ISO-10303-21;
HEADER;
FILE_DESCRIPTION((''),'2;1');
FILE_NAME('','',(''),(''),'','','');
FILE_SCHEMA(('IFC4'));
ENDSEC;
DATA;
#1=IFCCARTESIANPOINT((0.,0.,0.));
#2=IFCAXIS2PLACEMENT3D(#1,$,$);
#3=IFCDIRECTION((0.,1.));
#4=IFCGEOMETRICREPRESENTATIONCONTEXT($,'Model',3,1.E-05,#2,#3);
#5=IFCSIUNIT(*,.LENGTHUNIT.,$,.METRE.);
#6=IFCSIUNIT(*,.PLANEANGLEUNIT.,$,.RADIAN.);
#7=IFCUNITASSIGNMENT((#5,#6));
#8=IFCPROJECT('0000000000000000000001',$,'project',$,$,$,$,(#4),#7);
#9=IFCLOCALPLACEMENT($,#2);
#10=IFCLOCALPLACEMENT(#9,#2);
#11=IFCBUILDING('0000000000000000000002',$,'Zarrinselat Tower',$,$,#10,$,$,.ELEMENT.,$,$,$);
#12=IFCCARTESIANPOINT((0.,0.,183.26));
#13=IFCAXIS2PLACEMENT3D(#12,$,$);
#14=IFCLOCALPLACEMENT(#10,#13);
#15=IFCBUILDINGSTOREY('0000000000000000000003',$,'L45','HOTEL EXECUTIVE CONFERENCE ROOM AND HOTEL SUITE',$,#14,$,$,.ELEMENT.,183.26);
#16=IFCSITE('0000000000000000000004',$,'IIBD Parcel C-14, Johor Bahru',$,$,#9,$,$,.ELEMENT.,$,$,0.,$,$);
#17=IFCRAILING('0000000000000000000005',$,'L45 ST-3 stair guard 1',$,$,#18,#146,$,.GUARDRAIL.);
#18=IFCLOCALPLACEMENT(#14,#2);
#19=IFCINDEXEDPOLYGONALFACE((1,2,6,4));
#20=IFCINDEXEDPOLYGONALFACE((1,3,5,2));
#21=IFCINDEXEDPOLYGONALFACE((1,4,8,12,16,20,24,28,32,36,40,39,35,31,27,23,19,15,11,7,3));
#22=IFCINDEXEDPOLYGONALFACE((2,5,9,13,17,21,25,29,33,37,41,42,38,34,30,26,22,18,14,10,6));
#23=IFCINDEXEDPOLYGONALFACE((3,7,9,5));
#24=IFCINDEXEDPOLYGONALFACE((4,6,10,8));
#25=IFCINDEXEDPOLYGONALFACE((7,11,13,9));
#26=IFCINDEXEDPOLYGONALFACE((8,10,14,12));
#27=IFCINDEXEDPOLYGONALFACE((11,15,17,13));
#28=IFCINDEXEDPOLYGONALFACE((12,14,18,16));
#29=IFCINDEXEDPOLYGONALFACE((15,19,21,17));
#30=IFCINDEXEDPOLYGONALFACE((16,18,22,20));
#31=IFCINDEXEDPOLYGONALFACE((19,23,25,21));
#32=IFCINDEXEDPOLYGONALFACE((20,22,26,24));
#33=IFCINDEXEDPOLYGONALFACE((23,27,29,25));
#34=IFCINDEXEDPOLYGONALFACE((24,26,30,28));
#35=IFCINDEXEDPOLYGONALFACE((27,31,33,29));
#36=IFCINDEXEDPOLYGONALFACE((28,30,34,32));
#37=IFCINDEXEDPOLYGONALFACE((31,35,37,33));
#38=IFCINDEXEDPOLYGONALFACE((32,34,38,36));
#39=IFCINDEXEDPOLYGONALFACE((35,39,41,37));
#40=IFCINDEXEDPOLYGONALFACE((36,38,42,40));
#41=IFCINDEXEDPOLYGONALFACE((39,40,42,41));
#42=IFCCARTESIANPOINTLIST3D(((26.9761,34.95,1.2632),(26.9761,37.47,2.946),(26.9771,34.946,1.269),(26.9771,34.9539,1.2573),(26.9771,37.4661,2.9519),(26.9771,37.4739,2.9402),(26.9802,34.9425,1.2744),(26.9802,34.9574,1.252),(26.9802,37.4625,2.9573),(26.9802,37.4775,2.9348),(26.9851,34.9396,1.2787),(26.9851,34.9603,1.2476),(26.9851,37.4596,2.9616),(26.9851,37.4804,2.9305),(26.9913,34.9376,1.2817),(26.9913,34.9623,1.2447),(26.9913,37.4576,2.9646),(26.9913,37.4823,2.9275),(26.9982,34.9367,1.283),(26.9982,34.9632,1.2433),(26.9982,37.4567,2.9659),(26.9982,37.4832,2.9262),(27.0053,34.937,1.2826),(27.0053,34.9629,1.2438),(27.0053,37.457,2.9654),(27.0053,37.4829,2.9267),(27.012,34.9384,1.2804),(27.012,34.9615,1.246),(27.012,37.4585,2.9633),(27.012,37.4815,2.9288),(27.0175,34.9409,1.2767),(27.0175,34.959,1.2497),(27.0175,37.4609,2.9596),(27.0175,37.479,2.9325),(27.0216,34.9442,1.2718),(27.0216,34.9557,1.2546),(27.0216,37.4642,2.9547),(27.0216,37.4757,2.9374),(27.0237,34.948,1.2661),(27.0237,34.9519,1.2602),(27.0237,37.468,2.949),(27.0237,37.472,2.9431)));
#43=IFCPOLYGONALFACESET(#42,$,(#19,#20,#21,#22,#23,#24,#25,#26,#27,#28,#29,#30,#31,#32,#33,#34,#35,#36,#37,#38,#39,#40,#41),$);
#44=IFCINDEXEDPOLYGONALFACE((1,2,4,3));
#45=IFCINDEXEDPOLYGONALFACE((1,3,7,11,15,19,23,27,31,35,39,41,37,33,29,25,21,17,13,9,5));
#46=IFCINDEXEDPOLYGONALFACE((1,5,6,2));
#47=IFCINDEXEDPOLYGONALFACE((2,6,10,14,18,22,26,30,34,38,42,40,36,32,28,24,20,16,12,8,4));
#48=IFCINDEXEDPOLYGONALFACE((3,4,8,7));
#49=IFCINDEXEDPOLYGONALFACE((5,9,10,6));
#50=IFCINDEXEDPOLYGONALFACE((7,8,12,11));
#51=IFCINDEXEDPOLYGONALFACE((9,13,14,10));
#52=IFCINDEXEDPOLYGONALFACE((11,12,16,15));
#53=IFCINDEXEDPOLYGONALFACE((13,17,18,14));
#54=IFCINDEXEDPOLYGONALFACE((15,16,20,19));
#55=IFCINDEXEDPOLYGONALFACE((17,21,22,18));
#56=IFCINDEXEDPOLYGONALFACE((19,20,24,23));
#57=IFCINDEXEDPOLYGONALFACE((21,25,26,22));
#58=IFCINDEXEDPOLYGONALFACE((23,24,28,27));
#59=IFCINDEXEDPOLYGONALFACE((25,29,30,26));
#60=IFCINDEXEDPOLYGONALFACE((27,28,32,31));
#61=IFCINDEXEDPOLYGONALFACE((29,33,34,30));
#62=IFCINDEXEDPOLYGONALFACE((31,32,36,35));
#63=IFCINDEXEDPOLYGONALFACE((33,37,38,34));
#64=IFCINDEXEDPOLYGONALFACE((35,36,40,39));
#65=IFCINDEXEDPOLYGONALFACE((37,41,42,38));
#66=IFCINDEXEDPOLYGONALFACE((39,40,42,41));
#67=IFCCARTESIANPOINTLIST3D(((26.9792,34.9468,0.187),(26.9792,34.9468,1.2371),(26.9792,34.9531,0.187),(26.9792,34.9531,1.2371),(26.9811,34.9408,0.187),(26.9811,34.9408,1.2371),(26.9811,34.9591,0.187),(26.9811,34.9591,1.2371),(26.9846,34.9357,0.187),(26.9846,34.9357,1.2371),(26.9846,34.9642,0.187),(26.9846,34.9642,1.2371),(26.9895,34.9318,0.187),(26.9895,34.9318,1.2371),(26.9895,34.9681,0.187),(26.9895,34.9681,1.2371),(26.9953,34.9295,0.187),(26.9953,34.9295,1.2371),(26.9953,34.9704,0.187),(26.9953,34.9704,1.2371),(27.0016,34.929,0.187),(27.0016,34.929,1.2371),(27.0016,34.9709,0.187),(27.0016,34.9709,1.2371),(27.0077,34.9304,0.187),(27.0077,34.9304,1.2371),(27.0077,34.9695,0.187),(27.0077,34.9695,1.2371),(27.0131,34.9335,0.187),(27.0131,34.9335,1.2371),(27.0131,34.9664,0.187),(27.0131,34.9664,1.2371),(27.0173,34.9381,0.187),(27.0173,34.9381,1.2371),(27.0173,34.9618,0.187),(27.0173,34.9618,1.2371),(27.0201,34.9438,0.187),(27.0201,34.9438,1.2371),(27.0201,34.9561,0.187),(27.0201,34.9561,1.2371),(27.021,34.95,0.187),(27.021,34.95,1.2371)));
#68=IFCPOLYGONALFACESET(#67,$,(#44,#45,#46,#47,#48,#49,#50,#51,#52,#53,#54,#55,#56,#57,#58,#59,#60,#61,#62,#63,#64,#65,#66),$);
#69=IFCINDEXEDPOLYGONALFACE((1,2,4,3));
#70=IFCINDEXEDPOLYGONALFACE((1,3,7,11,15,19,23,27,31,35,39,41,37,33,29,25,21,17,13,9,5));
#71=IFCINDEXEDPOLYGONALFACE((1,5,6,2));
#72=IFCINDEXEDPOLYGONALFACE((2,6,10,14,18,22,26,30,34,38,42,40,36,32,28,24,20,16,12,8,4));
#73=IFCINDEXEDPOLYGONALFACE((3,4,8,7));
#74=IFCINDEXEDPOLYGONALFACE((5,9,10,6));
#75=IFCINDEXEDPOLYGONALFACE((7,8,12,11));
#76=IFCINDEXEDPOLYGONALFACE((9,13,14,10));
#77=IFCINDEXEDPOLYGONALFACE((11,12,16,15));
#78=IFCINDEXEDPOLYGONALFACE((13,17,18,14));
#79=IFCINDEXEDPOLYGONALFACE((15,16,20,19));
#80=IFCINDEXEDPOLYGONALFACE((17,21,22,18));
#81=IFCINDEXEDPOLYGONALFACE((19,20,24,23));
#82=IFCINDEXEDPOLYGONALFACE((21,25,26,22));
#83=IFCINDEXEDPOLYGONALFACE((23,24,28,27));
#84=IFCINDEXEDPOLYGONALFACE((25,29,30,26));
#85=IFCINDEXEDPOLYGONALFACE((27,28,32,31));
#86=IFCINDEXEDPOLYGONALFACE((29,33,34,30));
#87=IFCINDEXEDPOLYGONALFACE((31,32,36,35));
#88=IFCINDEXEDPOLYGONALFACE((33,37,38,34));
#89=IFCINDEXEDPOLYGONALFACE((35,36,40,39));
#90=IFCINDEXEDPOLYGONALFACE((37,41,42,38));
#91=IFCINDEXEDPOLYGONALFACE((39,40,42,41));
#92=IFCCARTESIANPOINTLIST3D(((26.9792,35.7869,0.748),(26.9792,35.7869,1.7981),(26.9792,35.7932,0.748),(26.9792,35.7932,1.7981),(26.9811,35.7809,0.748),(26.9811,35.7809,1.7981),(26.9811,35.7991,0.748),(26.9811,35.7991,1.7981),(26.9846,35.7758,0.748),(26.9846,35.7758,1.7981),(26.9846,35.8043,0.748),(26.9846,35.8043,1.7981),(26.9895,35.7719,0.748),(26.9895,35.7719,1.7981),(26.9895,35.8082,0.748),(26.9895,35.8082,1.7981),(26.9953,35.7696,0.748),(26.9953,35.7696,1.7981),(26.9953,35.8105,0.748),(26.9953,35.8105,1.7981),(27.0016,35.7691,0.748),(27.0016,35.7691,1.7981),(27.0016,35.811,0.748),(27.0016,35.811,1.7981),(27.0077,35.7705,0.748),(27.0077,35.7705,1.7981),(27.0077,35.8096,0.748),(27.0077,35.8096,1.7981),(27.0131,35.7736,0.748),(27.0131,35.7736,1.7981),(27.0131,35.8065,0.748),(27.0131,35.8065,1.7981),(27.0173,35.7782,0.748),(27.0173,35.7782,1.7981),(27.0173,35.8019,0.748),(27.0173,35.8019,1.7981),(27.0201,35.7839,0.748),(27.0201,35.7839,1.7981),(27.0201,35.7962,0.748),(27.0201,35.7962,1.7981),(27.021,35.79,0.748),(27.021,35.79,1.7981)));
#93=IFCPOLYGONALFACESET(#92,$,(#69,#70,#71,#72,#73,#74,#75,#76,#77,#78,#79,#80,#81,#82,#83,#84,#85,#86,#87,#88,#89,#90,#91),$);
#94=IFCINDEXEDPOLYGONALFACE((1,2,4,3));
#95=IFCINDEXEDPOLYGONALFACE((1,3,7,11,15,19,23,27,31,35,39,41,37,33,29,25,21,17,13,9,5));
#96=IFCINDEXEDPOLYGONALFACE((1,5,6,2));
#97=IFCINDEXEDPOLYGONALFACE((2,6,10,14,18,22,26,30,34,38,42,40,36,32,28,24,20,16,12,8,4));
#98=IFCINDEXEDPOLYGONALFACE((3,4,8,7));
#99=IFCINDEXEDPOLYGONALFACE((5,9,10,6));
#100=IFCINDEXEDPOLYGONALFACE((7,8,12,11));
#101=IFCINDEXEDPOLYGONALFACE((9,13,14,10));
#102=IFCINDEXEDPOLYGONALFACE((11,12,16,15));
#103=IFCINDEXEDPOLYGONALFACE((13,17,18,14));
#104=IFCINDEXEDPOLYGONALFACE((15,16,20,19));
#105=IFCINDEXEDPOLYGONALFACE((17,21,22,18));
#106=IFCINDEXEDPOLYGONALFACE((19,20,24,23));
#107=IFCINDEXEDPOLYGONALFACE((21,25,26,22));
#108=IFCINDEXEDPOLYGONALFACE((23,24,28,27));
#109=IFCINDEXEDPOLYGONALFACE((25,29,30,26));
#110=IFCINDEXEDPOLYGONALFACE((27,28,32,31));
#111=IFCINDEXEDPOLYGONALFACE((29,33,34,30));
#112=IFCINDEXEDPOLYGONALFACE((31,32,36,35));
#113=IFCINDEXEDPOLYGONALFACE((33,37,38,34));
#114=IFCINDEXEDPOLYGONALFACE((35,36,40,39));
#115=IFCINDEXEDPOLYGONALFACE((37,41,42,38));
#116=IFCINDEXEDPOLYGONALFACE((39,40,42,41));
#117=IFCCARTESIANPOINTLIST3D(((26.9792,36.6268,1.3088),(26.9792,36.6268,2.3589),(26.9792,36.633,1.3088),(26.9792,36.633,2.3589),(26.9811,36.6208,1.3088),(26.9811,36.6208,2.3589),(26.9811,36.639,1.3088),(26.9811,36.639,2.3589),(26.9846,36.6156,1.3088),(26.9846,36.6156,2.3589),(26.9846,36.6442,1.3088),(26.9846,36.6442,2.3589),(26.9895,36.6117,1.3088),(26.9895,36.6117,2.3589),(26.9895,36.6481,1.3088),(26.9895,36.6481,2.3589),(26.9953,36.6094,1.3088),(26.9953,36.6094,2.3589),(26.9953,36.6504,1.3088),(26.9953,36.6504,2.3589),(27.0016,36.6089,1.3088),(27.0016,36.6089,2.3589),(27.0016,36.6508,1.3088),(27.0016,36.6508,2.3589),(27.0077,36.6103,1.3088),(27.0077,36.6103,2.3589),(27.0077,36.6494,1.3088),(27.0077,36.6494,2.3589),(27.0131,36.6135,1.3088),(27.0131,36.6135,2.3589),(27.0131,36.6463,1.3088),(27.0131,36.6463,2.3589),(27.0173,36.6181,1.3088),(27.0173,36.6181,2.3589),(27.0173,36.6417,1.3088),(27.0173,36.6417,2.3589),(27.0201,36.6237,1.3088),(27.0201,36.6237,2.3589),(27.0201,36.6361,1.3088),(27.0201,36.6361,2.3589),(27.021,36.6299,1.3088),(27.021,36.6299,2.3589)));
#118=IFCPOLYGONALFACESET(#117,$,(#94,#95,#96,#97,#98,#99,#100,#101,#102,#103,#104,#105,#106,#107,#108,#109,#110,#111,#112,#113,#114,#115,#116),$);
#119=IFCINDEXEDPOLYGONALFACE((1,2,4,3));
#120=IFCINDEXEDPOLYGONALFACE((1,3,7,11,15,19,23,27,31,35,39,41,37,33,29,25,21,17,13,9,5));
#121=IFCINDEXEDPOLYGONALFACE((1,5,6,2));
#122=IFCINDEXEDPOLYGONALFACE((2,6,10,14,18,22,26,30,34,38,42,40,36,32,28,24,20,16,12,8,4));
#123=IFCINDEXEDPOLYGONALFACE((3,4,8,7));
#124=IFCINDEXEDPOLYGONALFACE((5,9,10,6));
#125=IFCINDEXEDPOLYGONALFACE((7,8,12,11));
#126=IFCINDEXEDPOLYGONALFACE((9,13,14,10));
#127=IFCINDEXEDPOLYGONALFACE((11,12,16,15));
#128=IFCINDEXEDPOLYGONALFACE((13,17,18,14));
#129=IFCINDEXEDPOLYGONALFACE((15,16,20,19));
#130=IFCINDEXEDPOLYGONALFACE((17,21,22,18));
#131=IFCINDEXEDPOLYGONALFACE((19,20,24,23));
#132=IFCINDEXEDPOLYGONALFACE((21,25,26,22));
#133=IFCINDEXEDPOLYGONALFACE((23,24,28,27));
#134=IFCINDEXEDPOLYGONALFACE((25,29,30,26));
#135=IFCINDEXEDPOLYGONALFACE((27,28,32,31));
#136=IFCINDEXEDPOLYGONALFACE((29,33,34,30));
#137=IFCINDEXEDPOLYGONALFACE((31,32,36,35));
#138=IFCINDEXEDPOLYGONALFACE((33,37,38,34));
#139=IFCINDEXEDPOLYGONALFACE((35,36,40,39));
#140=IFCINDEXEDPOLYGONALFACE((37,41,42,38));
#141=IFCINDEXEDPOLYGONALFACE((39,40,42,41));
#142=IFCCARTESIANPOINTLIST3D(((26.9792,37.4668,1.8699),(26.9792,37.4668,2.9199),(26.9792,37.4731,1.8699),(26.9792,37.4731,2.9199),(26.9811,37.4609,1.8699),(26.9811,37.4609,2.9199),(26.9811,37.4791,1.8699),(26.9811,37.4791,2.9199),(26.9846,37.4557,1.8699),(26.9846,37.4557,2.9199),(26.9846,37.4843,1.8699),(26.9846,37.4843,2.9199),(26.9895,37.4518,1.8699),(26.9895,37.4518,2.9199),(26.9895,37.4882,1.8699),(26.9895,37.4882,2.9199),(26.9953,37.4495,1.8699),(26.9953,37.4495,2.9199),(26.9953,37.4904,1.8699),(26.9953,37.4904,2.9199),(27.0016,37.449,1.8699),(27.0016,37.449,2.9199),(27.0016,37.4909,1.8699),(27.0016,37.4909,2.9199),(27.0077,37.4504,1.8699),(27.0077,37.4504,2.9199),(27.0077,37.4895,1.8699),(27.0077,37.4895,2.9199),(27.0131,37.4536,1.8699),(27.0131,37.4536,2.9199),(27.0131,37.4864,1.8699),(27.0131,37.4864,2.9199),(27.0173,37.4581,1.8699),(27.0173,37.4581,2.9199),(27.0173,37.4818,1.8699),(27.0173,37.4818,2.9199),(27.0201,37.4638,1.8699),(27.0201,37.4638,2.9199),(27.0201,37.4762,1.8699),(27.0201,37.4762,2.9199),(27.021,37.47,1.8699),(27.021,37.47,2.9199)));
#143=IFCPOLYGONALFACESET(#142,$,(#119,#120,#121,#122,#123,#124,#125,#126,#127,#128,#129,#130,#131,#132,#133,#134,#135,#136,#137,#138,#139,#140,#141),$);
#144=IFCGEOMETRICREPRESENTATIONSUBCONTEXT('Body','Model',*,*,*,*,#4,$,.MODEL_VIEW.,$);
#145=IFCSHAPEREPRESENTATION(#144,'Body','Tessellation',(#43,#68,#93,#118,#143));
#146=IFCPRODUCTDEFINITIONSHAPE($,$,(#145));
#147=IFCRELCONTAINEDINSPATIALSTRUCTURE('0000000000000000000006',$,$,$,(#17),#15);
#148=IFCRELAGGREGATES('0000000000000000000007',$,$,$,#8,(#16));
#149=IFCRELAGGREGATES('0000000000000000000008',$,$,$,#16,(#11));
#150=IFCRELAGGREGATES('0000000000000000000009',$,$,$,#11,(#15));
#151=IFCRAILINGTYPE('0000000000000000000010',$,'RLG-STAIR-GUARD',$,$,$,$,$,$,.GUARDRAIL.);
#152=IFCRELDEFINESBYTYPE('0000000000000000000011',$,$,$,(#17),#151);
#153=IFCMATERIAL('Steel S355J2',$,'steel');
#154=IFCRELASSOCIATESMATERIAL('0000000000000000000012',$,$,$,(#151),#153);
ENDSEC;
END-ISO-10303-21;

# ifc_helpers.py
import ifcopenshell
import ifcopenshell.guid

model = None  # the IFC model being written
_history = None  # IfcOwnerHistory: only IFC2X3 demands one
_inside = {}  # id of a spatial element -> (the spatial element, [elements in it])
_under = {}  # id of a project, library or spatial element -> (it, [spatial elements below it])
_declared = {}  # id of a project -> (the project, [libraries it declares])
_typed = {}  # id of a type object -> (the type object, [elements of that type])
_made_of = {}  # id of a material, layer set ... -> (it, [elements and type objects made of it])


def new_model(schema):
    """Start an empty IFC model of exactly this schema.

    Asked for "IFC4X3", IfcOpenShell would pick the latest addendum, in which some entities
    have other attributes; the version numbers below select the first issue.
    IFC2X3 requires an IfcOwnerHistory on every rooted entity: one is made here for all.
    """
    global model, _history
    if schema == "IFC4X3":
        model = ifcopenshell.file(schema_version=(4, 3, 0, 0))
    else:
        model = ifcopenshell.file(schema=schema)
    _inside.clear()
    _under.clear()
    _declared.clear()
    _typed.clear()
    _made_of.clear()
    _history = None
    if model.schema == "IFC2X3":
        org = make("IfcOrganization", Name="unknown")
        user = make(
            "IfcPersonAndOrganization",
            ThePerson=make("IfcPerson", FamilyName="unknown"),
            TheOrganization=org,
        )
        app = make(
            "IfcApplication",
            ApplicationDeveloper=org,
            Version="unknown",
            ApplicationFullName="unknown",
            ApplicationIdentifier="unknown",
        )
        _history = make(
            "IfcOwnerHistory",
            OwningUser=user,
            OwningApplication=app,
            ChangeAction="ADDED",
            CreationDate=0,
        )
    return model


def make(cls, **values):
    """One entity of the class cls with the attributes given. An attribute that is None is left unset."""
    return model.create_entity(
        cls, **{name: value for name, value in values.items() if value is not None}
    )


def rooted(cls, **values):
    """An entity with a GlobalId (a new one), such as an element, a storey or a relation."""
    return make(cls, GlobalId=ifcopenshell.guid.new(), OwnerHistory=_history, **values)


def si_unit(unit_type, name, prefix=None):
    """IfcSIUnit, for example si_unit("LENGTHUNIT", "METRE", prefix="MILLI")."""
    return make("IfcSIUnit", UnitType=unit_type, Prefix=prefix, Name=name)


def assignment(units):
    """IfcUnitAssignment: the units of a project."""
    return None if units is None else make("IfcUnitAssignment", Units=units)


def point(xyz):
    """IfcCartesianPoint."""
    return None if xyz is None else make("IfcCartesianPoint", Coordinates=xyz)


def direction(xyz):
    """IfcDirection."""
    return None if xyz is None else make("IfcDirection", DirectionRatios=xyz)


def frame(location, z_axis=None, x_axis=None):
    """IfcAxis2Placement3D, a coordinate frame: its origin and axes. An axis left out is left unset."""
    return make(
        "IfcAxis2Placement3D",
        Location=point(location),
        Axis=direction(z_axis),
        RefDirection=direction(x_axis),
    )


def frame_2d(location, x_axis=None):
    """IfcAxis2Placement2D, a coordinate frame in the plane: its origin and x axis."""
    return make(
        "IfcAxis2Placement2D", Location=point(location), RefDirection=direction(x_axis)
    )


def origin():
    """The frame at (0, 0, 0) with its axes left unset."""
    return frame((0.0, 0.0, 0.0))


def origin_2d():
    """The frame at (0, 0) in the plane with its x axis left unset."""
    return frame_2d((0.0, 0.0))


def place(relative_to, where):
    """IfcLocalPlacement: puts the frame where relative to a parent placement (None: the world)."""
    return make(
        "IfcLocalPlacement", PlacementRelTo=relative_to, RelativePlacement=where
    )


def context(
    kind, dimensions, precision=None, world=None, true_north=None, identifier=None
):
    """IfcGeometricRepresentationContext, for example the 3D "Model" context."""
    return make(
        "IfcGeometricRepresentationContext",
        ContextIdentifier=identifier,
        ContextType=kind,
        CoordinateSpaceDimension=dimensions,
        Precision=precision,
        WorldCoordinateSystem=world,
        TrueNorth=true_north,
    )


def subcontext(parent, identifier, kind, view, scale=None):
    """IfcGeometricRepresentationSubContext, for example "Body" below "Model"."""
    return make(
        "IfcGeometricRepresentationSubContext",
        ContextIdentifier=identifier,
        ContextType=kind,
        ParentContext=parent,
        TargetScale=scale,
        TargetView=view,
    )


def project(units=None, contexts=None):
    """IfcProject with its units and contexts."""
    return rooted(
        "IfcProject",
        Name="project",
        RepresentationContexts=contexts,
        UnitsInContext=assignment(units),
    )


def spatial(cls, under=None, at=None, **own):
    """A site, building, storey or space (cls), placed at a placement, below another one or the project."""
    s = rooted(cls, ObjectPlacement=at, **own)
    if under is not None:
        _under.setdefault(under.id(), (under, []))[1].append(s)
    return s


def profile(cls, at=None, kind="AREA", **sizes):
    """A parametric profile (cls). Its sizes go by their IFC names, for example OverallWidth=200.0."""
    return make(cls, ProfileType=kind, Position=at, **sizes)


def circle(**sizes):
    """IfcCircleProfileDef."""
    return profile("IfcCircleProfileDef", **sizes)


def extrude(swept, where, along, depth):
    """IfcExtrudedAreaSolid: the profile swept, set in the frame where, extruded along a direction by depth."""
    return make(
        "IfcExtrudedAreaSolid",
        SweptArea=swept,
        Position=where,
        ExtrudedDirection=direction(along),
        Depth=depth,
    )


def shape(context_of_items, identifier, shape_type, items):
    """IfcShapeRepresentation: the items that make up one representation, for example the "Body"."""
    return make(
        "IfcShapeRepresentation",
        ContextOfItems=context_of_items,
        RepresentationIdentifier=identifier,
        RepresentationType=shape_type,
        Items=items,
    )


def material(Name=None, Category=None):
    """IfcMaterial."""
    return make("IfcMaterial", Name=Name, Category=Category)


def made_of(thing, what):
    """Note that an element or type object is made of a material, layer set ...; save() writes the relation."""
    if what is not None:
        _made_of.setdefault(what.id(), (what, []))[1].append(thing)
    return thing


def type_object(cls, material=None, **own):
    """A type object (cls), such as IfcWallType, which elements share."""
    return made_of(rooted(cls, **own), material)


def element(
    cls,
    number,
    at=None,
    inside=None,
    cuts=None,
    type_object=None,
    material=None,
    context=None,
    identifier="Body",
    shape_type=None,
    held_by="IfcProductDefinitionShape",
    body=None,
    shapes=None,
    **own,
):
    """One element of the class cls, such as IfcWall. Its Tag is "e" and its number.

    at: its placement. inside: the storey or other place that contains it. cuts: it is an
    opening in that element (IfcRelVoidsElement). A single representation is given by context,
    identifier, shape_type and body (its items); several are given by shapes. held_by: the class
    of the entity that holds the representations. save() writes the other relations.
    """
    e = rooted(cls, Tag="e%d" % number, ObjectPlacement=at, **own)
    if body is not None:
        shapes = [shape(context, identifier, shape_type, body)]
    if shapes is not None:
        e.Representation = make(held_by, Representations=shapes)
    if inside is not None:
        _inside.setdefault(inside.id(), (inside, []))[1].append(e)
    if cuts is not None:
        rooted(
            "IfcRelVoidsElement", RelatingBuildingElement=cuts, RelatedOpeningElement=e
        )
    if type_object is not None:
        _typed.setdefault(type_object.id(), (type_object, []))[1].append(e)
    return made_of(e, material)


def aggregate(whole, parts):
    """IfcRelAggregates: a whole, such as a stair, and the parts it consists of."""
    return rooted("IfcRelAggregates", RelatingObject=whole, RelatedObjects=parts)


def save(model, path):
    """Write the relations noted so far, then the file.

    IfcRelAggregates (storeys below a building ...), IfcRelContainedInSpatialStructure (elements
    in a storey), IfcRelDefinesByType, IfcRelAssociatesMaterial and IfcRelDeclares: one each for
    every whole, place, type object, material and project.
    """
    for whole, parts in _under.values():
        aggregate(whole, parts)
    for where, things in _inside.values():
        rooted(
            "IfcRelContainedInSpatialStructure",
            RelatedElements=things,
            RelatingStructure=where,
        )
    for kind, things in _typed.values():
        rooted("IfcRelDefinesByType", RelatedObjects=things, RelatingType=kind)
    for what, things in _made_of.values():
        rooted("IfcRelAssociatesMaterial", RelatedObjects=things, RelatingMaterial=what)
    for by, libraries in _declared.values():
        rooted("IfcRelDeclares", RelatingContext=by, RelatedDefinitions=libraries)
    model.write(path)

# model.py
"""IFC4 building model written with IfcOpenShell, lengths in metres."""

from ifc_helpers import new_model, si_unit, direction, frame, origin, origin_2d, place, context, subcontext, project, spatial, circle, extrude, material, type_object, element, save


model = new_model("IFC4")

# Units and contexts
model_context = context("Model", 3, precision=1e-05, world=origin(), true_north=direction((0.0, 1.0)))
body_context = subcontext(model_context, "Body", "Model", "MODEL_VIEW")
ifc_project = project(units=[si_unit("LENGTHUNIT", "METRE"), si_unit("PLANEANGLEUNIT", "RADIAN")], contexts=[model_context])

# Site, building, storey
site_placement = place(None, origin())
site = spatial("IfcSite", under=ifc_project, at=site_placement, Name="IIBD Parcel C-14, Johor Bahru", CompositionType="ELEMENT", RefElevation=0.0)
building_placement = place(site_placement, origin())
building = spatial("IfcBuilding", under=site, at=building_placement, Name="Zarrinselat Tower", CompositionType="ELEMENT")
storey_placement = place(building_placement, frame((0.0, 0.0, 183.26)))
storey = spatial("IfcBuildingStorey", under=building, at=storey_placement, Name="L45", Description="HOTEL EXECUTIVE CONFERENCE ROOM AND HOTEL SUITE", CompositionType="ELEMENT", Elevation=183.26)

# Railing
ifc_material_1 = material(Name="Steel S355J2", Category="steel")
railing_type_1 = type_object("IfcRailingType", Name="RLG-STAIR-GUARD", PredefinedType="GUARDRAIL", material=ifc_material_1)
railing_1_placement = place(storey_placement, frame((27.0, 34.95, 0.187)))
element("IfcRailing", 1, at=railing_1_placement, inside=storey, type_object=railing_type_1, Name="L45 ST-3 stair guard 1", PredefinedType="GUARDRAIL", context=body_context, shape_type="SweptSolid", body=[
    extrude(circle(Radius=0.0239, at=origin_2d()), frame((0.0, 0.0, 1.0762), z_axis=(0.0, 0.831616, 0.555351), x_axis=(-1.0, 0.0, 0.0)), (0.0, 0.0, 1.0), 3.0303),
    extrude(circle(Radius=0.021, at=origin_2d()), origin(), (0.0, 0.0, 1.0), 1.05),
    extrude(circle(Radius=0.021, at=origin_2d()), frame((0.0, 0.8401, 0.561)), (0.0, 0.0, 1.0), 1.05),
    extrude(circle(Radius=0.021, at=origin_2d()), frame((0.0, 1.6799, 1.1218)), (0.0, 0.0, 1.0), 1.05),
    extrude(circle(Radius=0.021, at=origin_2d()), frame((0.0, 2.52, 1.6829)), (0.0, 0.0, 1.0), 1.05),
])

save(model, "model.ifc")
